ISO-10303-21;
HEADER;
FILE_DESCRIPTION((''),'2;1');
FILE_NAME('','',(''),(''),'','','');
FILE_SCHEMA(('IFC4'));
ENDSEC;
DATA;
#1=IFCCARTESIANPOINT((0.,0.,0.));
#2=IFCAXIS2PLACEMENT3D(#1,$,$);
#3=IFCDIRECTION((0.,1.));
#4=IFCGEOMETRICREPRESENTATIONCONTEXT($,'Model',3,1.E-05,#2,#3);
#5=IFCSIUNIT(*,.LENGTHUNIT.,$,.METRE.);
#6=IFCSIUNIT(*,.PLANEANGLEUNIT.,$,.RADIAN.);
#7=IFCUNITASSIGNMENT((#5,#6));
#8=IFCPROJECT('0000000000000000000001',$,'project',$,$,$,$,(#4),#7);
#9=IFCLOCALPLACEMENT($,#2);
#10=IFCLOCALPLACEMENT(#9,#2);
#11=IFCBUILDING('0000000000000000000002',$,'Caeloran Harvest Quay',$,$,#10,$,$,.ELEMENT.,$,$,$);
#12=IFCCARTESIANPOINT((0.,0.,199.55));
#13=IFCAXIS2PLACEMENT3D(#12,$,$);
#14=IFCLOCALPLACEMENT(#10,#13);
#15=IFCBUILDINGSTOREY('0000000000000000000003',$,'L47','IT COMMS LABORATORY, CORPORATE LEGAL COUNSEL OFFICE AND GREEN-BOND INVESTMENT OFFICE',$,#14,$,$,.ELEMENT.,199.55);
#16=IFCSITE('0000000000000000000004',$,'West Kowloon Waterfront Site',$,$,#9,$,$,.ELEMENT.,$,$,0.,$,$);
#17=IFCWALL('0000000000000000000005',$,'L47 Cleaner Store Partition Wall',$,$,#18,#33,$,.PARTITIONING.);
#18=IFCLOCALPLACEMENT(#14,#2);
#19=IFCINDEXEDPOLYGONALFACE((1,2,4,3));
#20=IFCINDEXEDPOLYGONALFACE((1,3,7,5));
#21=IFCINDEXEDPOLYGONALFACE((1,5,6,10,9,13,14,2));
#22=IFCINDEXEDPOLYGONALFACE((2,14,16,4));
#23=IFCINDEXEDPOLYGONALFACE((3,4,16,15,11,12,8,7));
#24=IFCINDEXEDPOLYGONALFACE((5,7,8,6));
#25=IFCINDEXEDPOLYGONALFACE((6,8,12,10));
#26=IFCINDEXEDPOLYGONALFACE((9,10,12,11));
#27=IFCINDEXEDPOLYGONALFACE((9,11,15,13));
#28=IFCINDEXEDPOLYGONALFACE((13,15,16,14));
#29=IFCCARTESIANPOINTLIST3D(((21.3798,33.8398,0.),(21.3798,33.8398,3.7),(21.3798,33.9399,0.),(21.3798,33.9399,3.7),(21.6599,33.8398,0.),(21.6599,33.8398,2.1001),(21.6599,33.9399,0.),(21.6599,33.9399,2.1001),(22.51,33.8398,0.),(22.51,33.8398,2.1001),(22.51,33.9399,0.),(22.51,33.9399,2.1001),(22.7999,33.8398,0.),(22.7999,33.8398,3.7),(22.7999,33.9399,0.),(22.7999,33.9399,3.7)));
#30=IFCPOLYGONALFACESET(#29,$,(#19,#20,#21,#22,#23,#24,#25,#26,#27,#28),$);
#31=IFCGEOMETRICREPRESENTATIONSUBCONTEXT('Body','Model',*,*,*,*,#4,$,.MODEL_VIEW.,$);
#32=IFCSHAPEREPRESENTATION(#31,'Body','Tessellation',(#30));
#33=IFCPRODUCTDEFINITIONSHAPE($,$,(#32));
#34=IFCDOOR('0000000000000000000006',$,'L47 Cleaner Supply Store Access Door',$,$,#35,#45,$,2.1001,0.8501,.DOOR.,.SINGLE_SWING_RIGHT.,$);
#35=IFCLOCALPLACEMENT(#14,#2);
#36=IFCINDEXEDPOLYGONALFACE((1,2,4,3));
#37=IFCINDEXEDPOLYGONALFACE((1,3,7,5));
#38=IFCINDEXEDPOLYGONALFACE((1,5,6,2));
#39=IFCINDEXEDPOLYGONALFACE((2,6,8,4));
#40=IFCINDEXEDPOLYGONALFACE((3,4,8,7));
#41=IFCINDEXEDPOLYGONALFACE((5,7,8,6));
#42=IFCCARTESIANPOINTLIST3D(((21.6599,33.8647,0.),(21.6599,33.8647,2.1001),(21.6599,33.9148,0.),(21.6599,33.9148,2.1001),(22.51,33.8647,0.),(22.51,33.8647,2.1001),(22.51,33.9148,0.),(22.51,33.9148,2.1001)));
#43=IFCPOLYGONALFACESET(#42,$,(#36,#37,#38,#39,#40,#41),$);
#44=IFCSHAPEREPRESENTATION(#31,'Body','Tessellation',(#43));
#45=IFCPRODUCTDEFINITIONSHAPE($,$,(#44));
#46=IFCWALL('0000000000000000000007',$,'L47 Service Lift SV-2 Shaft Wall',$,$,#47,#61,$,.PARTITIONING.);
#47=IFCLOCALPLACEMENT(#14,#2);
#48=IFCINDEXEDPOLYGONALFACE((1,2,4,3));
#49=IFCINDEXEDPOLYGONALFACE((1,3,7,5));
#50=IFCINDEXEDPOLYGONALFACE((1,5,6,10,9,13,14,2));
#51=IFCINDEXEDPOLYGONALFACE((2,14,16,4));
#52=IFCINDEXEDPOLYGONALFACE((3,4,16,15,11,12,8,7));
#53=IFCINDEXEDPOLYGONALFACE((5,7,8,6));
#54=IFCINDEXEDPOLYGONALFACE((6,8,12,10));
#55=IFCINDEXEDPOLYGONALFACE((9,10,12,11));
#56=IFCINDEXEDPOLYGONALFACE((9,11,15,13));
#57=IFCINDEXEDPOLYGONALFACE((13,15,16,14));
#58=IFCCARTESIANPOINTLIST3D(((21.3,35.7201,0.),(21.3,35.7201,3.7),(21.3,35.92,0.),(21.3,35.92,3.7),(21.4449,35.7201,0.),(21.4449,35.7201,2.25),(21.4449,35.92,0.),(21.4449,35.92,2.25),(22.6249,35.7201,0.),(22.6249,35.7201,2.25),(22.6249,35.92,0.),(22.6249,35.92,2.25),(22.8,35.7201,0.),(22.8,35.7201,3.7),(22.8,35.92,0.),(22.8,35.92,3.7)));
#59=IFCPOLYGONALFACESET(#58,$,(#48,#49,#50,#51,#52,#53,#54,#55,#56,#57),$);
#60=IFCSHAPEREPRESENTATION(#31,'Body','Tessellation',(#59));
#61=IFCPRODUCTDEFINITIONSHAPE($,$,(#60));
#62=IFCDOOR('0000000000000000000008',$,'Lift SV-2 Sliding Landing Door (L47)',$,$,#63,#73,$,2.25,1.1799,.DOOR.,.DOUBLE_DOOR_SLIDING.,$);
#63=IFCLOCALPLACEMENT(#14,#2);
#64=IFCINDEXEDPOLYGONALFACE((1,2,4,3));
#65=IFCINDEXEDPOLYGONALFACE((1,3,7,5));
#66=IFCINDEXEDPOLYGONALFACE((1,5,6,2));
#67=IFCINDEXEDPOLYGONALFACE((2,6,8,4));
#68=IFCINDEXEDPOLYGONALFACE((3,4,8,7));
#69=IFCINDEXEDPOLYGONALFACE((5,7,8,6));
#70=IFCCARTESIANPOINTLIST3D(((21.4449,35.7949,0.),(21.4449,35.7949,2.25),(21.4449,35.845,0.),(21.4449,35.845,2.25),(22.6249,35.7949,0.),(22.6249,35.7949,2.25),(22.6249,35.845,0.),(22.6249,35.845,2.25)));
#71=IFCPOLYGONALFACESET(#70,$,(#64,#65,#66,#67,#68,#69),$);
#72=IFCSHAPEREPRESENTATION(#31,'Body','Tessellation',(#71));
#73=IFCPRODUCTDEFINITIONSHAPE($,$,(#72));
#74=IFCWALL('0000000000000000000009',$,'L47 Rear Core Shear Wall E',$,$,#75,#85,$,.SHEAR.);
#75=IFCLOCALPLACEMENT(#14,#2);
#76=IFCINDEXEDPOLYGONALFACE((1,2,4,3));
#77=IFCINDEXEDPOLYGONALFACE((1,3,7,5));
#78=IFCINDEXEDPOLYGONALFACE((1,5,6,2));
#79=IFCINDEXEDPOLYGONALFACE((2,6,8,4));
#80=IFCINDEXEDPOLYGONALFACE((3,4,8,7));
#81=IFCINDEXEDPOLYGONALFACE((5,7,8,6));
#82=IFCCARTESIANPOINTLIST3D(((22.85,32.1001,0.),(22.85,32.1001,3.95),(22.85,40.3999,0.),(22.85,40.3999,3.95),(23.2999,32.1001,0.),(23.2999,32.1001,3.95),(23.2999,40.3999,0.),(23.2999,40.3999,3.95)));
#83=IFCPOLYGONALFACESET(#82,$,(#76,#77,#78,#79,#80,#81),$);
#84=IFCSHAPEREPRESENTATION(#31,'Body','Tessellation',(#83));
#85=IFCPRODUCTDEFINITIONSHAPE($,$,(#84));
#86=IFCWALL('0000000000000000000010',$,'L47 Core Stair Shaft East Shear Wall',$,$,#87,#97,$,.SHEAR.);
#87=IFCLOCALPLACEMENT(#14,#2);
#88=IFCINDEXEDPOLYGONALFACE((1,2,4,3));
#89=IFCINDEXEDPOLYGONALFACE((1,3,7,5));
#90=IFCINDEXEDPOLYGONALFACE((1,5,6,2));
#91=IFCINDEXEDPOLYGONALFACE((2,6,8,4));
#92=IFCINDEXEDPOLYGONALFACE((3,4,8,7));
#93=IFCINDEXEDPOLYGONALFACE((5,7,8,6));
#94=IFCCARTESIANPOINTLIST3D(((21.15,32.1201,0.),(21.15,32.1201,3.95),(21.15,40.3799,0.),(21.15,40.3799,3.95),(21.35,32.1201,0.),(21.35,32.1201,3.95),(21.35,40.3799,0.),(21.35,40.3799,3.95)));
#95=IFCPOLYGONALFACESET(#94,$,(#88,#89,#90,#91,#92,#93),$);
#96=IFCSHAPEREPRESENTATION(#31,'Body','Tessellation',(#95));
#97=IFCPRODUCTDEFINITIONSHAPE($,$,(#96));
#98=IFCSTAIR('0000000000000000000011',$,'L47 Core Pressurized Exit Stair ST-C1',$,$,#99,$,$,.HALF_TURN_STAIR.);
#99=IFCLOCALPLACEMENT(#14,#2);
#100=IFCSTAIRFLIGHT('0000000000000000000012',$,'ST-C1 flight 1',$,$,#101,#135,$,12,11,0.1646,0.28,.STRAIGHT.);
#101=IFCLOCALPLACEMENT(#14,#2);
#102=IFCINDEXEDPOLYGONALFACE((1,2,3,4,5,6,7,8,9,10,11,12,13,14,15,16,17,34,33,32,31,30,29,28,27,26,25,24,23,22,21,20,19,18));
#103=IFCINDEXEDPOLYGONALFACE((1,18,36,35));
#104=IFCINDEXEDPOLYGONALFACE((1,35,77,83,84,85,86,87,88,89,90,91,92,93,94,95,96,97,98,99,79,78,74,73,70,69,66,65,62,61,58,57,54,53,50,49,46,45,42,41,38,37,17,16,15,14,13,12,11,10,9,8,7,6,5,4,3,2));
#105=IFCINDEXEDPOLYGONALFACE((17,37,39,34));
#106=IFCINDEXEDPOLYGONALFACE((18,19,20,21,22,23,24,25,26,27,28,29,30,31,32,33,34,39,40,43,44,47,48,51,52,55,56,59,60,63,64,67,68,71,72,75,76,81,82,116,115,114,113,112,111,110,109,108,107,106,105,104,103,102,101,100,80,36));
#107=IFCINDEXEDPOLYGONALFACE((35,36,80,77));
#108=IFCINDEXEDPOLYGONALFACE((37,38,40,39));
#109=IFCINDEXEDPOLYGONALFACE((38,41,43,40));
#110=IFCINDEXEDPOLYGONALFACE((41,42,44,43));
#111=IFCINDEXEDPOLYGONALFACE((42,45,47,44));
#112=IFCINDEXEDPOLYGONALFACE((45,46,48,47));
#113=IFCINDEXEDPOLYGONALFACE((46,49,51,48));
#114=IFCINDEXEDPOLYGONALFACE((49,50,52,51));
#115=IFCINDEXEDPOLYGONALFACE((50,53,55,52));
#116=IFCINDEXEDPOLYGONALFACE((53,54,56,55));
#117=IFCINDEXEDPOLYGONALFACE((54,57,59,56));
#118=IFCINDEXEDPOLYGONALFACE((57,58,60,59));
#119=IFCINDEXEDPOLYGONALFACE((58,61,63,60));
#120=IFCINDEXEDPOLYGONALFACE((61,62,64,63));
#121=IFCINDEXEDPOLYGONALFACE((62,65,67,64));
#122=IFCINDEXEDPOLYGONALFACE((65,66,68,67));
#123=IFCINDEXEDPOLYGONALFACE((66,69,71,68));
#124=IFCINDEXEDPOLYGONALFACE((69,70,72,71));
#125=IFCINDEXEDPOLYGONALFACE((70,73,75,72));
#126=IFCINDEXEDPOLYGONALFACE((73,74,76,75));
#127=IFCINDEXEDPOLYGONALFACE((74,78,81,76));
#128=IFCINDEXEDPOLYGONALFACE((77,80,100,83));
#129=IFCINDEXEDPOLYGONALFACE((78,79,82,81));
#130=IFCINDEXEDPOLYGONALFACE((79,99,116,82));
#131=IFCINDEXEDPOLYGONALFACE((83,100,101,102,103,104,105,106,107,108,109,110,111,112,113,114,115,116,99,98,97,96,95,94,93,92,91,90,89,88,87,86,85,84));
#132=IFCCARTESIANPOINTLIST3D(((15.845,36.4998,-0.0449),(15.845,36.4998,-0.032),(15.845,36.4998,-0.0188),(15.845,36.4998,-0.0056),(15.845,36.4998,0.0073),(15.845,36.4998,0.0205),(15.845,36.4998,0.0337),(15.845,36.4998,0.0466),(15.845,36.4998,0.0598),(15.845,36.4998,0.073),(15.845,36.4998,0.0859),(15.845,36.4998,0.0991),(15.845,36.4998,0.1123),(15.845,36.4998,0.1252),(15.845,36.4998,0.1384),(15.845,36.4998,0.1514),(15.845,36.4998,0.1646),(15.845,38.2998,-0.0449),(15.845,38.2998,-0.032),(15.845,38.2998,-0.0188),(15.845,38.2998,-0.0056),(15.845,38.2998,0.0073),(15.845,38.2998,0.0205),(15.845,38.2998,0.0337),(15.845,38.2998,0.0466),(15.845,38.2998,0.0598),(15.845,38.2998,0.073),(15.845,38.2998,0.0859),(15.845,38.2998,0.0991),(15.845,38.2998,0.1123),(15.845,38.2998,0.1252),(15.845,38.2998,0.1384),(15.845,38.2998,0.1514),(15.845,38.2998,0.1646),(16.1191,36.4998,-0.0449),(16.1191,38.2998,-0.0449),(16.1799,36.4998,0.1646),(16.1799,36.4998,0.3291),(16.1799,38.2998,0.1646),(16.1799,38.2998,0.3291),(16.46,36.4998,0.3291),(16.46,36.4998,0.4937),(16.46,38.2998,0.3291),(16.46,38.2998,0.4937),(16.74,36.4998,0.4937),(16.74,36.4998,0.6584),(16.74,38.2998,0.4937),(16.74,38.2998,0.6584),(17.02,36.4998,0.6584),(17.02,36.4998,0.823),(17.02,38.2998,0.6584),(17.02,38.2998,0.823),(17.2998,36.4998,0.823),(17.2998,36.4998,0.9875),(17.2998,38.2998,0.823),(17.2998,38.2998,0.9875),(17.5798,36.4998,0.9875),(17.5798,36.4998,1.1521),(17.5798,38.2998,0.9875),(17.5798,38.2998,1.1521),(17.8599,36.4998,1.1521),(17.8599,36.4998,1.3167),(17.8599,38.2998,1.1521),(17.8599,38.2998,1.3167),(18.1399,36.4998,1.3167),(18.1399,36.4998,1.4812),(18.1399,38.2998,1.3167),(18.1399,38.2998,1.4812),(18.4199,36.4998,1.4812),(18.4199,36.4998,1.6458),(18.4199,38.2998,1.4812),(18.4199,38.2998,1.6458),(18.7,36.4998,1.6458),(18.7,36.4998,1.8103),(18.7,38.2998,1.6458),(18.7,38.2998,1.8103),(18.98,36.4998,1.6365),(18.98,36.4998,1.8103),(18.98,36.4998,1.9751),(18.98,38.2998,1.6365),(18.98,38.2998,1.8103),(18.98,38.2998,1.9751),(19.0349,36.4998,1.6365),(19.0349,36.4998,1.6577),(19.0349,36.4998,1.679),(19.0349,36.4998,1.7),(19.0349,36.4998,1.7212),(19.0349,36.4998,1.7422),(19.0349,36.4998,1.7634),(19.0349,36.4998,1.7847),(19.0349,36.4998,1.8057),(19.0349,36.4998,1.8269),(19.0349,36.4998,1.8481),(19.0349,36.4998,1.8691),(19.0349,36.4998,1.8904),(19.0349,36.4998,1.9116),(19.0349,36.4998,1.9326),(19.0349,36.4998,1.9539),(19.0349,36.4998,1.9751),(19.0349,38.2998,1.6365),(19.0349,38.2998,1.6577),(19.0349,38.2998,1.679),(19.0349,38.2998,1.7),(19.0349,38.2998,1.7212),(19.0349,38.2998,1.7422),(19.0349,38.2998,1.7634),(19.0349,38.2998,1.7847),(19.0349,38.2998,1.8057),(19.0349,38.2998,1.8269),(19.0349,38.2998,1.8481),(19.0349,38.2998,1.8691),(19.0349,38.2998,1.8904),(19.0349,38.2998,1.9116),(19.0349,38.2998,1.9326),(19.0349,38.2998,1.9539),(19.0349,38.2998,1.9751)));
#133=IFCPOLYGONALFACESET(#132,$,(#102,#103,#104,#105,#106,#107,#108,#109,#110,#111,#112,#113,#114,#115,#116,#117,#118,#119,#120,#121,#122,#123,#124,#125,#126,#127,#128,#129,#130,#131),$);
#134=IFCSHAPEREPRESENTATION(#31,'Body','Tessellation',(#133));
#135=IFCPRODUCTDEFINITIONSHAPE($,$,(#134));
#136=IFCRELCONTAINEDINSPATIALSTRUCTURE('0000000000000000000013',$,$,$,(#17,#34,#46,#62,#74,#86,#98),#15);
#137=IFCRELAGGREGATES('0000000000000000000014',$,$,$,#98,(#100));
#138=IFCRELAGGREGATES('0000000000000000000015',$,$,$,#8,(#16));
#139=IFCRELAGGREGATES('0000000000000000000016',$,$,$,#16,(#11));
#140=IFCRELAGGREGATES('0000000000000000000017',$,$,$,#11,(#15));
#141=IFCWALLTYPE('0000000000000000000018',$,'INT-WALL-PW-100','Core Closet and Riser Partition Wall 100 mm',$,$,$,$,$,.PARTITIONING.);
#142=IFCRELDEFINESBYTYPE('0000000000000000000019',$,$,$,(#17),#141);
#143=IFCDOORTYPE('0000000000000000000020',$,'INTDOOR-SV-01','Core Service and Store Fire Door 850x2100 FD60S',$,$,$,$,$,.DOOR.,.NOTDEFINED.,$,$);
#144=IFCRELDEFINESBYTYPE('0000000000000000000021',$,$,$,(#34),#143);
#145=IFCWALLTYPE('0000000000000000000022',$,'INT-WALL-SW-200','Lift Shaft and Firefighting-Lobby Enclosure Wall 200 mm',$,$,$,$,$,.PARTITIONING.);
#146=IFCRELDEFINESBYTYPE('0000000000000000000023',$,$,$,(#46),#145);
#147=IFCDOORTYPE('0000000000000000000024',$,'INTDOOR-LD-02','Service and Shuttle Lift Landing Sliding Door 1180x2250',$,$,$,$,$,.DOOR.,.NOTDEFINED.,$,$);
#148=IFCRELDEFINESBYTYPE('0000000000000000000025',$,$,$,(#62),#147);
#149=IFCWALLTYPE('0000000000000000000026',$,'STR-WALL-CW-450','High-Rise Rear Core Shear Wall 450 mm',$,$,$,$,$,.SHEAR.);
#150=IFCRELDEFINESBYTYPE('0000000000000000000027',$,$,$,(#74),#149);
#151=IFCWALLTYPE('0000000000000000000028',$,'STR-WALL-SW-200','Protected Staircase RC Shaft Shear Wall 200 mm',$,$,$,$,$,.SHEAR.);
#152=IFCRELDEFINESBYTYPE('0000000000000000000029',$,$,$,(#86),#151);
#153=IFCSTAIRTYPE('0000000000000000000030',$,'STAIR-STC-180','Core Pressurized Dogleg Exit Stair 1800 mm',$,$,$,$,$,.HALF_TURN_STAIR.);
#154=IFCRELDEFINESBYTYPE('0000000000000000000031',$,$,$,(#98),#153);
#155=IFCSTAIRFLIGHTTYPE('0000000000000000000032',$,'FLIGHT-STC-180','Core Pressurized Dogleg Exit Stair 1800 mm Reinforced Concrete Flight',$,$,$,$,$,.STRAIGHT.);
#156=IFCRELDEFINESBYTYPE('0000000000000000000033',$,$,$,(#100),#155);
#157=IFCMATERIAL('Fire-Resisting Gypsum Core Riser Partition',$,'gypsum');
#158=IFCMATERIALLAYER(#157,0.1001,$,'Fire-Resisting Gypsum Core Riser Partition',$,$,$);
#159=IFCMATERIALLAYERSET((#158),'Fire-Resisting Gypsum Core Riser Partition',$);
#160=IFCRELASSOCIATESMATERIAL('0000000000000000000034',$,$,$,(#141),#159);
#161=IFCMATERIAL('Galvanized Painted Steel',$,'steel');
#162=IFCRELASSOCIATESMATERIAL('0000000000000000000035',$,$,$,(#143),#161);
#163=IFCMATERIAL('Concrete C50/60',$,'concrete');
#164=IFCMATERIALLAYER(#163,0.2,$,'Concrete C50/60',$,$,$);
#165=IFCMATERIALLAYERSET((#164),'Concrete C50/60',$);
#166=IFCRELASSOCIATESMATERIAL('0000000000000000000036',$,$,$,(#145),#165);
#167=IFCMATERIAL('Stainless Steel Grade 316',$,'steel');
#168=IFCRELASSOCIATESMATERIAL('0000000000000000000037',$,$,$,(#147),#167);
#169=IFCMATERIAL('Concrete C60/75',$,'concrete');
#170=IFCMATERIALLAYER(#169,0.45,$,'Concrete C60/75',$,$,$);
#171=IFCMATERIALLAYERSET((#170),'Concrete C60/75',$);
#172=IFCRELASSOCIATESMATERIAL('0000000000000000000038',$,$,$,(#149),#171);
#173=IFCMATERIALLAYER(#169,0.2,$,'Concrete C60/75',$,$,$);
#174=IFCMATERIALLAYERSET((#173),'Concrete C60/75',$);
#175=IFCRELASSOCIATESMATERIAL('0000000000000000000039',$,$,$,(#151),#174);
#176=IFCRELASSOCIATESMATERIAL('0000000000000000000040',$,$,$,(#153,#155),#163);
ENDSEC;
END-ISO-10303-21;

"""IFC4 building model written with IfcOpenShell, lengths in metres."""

from ifc_helpers import new_model, si_unit, direction, frame, frame_2d, origin, place, context, subcontext, project, spatial, polyline, rectangle, outline, extrude, material, layer, layer_set, type_object, element, fill, aggregate, save


model = new_model("IFC4")

# Units and contexts
model_context = context("Model", 3, precision=1e-05, world=origin(), true_north=direction((0.0, 1.0)))
body_context = subcontext(model_context, "Body", "Model", "MODEL_VIEW")
ifc_project = project(units=[si_unit("LENGTHUNIT", "METRE"), si_unit("PLANEANGLEUNIT", "RADIAN")], contexts=[model_context])

# Site, building, storey
site_placement = place(None, origin())
site = spatial("IfcSite", under=ifc_project, at=site_placement, Name="West Kowloon Waterfront Site", CompositionType="ELEMENT", RefElevation=0.0)
building_placement = place(site_placement, origin())
building = spatial("IfcBuilding", under=site, at=building_placement, Name="Caeloran Harvest Quay", CompositionType="ELEMENT")
storey_placement = place(building_placement, frame((0.0, 0.0, 199.55)))
storey = spatial("IfcBuildingStorey", under=building, at=storey_placement, Name="L47", Description="IT COMMS LABORATORY, CORPORATE LEGAL COUNSEL OFFICE AND GREEN-BOND INVESTMENT OFFICE", CompositionType="ELEMENT", Elevation=199.55)

# Walls, openings, doors
ifc_material_1 = material(Name="Fire-Resisting Gypsum Core Riser Partition", Category="gypsum")
ifc_layer_1 = layer(ifc_material_1, 0.1001, Name="Fire-Resisting Gypsum Core Riser Partition")
ifc_layer_set_1 = layer_set([ifc_layer_1], Name="Fire-Resisting Gypsum Core Riser Partition")
wall_type_1 = type_object("IfcWallType", Name="INT-WALL-PW-100", Description="Core Closet and Riser Partition Wall 100 mm", PredefinedType="PARTITIONING", material=ifc_layer_set_1)
wall_1_placement = place(storey_placement, frame((21.3799, 33.8899, 0.0), z_axis=(0.0, 0.0, 1.0), x_axis=(1.0, 0.0, 0.0)))
wall_1 = element("IfcWall", 1, at=wall_1_placement, inside=storey, type_object=wall_type_1, Name="L47 Cleaner Store Partition Wall", PredefinedType="PARTITIONING", context=body_context, shape_type="SweptSolid", body=[
    extrude(rectangle(XDim=1.4202, YDim=0.1001, at=frame_2d((0.71, 0.0))), origin(), (0.0, 0.0, 1.0), 3.7),
])
opening_1_placement = place(wall_1_placement, frame((0.28, 0.0, 0.0)))
opening_1 = element("IfcOpeningElement", 2, at=opening_1_placement, cuts=wall_1, PredefinedType="OPENING", context=body_context, shape_type="SweptSolid", body=[
    extrude(rectangle(XDim=0.8501, YDim=2.1001, at=frame_2d((0.425, 1.05))), frame((0.0, 0.0601, 0.0), z_axis=(0.0, -1.0, 0.0), x_axis=(1.0, 0.0, 0.0)), (0.0, 0.0, 1.0), 0.1201),
])
ifc_material_2 = material(Name="Galvanized Painted Steel", Category="steel")
door_type_1 = type_object("IfcDoorType", Name="INTDOOR-SV-01", Description="Core Service and Store Fire Door 850x2100 FD60S", OperationType="NOTDEFINED", PredefinedType="DOOR", material=ifc_material_2)
door_1_placement = place(opening_1_placement, origin())
door_1 = element("IfcDoor", 3, at=door_1_placement, inside=storey, type_object=door_type_1, Name="L47 Cleaner Supply Store Access Door", OperationType="SINGLE_SWING_RIGHT", OverallHeight=2.1001, OverallWidth=0.8501, PredefinedType="DOOR", context=body_context, shape_type="SweptSolid", body=[
    extrude(rectangle(XDim=0.8501, YDim=2.1001, at=frame_2d((0.425, 1.05))), frame((0.0, 0.0249, 0.0), z_axis=(0.0, -1.0, 0.0), x_axis=(1.0, 0.0, 0.0)), (0.0, 0.0, 1.0), 0.05),
])
fill(opening_1, door_1)
ifc_material_3 = material(Name="Concrete C50/60", Category="concrete")
ifc_layer_2 = layer(ifc_material_3, 0.2, Name="Concrete C50/60")
ifc_layer_set_2 = layer_set([ifc_layer_2], Name="Concrete C50/60")
wall_type_2 = type_object("IfcWallType", Name="INT-WALL-SW-200", Description="Lift Shaft and Firefighting-Lobby Enclosure Wall 200 mm", PredefinedType="PARTITIONING", material=ifc_layer_set_2)
wall_2_placement = place(storey_placement, frame((21.3, 35.8201, 0.0), z_axis=(0.0, 0.0, 1.0), x_axis=(1.0, 0.0, 0.0)))
wall_2 = element("IfcWall", 4, at=wall_2_placement, inside=storey, type_object=wall_type_2, Name="L47 Service Lift SV-2 Shaft Wall", PredefinedType="PARTITIONING", context=body_context, shape_type="SweptSolid", body=[
    extrude(rectangle(XDim=1.5, YDim=0.2, at=frame_2d((0.75, 0.0))), origin(), (0.0, 0.0, 1.0), 3.7),
])
opening_2_placement = place(wall_2_placement, frame((0.145, 0.0, 0.0)))
opening_2 = element("IfcOpeningElement", 5, at=opening_2_placement, cuts=wall_2, PredefinedType="OPENING", context=body_context, shape_type="SweptSolid", body=[
    extrude(rectangle(XDim=1.1799, YDim=2.25, at=frame_2d((0.5898, 1.125))), frame((0.0, 0.1099, 0.0), z_axis=(0.0, -1.0, 0.0), x_axis=(1.0, 0.0, 0.0)), (0.0, 0.0, 1.0), 0.22),
])
ifc_material_4 = material(Name="Stainless Steel Grade 316", Category="steel")
door_type_2 = type_object("IfcDoorType", Name="INTDOOR-LD-02", Description="Service and Shuttle Lift Landing Sliding Door 1180x2250", OperationType="NOTDEFINED", PredefinedType="DOOR", material=ifc_material_4)
door_2_placement = place(opening_2_placement, origin())
door_2 = element("IfcDoor", 6, at=door_2_placement, inside=storey, type_object=door_type_2, Name="Lift SV-2 Sliding Landing Door (L47)", OperationType="DOUBLE_DOOR_SLIDING", OverallHeight=2.25, OverallWidth=1.1799, PredefinedType="DOOR", context=body_context, shape_type="SweptSolid", body=[
    extrude(rectangle(XDim=1.1799, YDim=2.25, at=frame_2d((0.5898, 1.125))), frame((0.0, 0.0249, 0.0), z_axis=(0.0, -1.0, 0.0), x_axis=(1.0, 0.0, 0.0)), (0.0, 0.0, 1.0), 0.05),
])
fill(opening_2, door_2)

# Walls
ifc_material_5 = material(Name="Concrete C60/75", Category="concrete")
ifc_layer_3 = layer(ifc_material_5, 0.45, Name="Concrete C60/75")
ifc_layer_set_3 = layer_set([ifc_layer_3], Name="Concrete C60/75")
wall_type_3 = type_object("IfcWallType", Name="STR-WALL-CW-450", Description="High-Rise Rear Core Shear Wall 450 mm", PredefinedType="SHEAR", material=ifc_layer_set_3)
wall_3_placement = place(storey_placement, frame((23.075, 32.1001, 0.0), z_axis=(0.0, 0.0, 1.0), x_axis=(0.0, 1.0, 0.0)))
element("IfcWall", 7, at=wall_3_placement, inside=storey, type_object=wall_type_3, Name="L47 Rear Core Shear Wall E", PredefinedType="SHEAR", context=body_context, shape_type="SweptSolid", body=[
    extrude(rectangle(XDim=8.2998, YDim=0.45, at=frame_2d((4.1499, 0.0))), origin(), (0.0, 0.0, 1.0), 3.95),
])
ifc_layer_4 = layer(ifc_material_5, 0.2, Name="Concrete C60/75")
ifc_layer_set_4 = layer_set([ifc_layer_4], Name="Concrete C60/75")
wall_type_4 = type_object("IfcWallType", Name="STR-WALL-SW-200", Description="Protected Staircase RC Shaft Shear Wall 200 mm", PredefinedType="SHEAR", material=ifc_layer_set_4)
wall_4_placement = place(storey_placement, frame((21.25, 32.1201, 0.0), z_axis=(0.0, 0.0, 1.0), x_axis=(0.0, 1.0, 0.0)))
element("IfcWall", 8, at=wall_4_placement, inside=storey, type_object=wall_type_4, Name="L47 Core Stair Shaft East Shear Wall", PredefinedType="SHEAR", context=body_context, shape_type="SweptSolid", body=[
    extrude(rectangle(XDim=8.2598, YDim=0.2, at=frame_2d((4.1299, 0.0))), origin(), (0.0, 0.0, 1.0), 3.95),
])

# Stair, stair flight
stair_type = type_object("IfcStairType", Name="STAIR-STC-180", Description="Core Pressurized Dogleg Exit Stair 1800 mm", PredefinedType="HALF_TURN_STAIR", material=ifc_material_3)
stair_1_placement = place(storey_placement, origin())
stair_1 = element("IfcStair", 9, at=stair_1_placement, inside=storey, type_object=stair_type, Name="L47 Core Pressurized Exit Stair ST-C1", PredefinedType="HALF_TURN_STAIR")
stair_flight_type = type_object("IfcStairFlightType", Name="FLIGHT-STC-180", Description="Core Pressurized Dogleg Exit Stair 1800 mm Reinforced Concrete Flight", PredefinedType="STRAIGHT", material=ifc_material_3)
stair_flight_1_placement = place(storey_placement, frame((15.8999, 37.3999, 0.0), z_axis=(0.0, 0.0, 1.0), x_axis=(1.0, 0.0, 0.0)))
stair_flight_1 = element("IfcStairFlight", 10, at=stair_flight_1_placement, type_object=stair_flight_type, Name="ST-C1 flight 1", NumberOfRisers=12, NumberOfTreads=11, PredefinedType="STRAIGHT", RiserHeight=0.1646, TreadLength=0.28, context=body_context, shape_type="SweptSolid", body=[
    extrude(outline(polyline([(-0.0549, -0.0449), (-0.0549, -0.032), (-0.0549, -0.0188), (-0.0549, -0.0056), (-0.0549, 0.0073), (-0.0549, 0.0205), (-0.0549, 0.0337), (-0.0549, 0.0466), (-0.0549, 0.0598), (-0.0549, 0.073), (-0.0549, 0.0859), (-0.0549, 0.0991), (-0.0549, 0.1123), (-0.0549, 0.1252), (-0.0549, 0.1384), (-0.0549, 0.1514), (-0.0549, 0.1646), (0.28, 0.1646), (0.28, 0.3291), (0.5601, 0.3291), (0.5601, 0.4937), (0.8401, 0.4937), (0.8401, 0.6584), (1.1201, 0.6584), (1.1201, 0.823), (1.3999, 0.823), (1.3999, 0.9875), (1.6799, 0.9875), (1.6799, 1.1521), (1.96, 1.1521), (1.96, 1.3167), (2.24, 1.3167), (2.24, 1.4812), (2.52, 1.4812), (2.52, 1.6458), (2.8, 1.6458), (2.8, 1.8103), (3.0801, 1.8103), (3.0801, 1.9751), (3.135, 1.9751), (3.135, 1.9539), (3.135, 1.9326), (3.135, 1.9116), (3.135, 1.8904), (3.135, 1.8691), (3.135, 1.8481), (3.135, 1.8269), (3.135, 1.8057), (3.135, 1.7847), (3.135, 1.7634), (3.135, 1.7422), (3.135, 1.7212), (3.135, 1.7), (3.135, 1.679), (3.135, 1.6577), (3.135, 1.6365), (3.0801, 1.6365), (0.2192, -0.0449), (-0.0549, -0.0449)])), frame((0.0, 0.8999, 0.0), z_axis=(0.0, -1.0, 0.0), x_axis=(1.0, 0.0, 0.0)), (0.0, 0.0, 1.0), 1.8),
])
aggregate(stair_1, [stair_flight_1])

save(model, "model.ifc")
